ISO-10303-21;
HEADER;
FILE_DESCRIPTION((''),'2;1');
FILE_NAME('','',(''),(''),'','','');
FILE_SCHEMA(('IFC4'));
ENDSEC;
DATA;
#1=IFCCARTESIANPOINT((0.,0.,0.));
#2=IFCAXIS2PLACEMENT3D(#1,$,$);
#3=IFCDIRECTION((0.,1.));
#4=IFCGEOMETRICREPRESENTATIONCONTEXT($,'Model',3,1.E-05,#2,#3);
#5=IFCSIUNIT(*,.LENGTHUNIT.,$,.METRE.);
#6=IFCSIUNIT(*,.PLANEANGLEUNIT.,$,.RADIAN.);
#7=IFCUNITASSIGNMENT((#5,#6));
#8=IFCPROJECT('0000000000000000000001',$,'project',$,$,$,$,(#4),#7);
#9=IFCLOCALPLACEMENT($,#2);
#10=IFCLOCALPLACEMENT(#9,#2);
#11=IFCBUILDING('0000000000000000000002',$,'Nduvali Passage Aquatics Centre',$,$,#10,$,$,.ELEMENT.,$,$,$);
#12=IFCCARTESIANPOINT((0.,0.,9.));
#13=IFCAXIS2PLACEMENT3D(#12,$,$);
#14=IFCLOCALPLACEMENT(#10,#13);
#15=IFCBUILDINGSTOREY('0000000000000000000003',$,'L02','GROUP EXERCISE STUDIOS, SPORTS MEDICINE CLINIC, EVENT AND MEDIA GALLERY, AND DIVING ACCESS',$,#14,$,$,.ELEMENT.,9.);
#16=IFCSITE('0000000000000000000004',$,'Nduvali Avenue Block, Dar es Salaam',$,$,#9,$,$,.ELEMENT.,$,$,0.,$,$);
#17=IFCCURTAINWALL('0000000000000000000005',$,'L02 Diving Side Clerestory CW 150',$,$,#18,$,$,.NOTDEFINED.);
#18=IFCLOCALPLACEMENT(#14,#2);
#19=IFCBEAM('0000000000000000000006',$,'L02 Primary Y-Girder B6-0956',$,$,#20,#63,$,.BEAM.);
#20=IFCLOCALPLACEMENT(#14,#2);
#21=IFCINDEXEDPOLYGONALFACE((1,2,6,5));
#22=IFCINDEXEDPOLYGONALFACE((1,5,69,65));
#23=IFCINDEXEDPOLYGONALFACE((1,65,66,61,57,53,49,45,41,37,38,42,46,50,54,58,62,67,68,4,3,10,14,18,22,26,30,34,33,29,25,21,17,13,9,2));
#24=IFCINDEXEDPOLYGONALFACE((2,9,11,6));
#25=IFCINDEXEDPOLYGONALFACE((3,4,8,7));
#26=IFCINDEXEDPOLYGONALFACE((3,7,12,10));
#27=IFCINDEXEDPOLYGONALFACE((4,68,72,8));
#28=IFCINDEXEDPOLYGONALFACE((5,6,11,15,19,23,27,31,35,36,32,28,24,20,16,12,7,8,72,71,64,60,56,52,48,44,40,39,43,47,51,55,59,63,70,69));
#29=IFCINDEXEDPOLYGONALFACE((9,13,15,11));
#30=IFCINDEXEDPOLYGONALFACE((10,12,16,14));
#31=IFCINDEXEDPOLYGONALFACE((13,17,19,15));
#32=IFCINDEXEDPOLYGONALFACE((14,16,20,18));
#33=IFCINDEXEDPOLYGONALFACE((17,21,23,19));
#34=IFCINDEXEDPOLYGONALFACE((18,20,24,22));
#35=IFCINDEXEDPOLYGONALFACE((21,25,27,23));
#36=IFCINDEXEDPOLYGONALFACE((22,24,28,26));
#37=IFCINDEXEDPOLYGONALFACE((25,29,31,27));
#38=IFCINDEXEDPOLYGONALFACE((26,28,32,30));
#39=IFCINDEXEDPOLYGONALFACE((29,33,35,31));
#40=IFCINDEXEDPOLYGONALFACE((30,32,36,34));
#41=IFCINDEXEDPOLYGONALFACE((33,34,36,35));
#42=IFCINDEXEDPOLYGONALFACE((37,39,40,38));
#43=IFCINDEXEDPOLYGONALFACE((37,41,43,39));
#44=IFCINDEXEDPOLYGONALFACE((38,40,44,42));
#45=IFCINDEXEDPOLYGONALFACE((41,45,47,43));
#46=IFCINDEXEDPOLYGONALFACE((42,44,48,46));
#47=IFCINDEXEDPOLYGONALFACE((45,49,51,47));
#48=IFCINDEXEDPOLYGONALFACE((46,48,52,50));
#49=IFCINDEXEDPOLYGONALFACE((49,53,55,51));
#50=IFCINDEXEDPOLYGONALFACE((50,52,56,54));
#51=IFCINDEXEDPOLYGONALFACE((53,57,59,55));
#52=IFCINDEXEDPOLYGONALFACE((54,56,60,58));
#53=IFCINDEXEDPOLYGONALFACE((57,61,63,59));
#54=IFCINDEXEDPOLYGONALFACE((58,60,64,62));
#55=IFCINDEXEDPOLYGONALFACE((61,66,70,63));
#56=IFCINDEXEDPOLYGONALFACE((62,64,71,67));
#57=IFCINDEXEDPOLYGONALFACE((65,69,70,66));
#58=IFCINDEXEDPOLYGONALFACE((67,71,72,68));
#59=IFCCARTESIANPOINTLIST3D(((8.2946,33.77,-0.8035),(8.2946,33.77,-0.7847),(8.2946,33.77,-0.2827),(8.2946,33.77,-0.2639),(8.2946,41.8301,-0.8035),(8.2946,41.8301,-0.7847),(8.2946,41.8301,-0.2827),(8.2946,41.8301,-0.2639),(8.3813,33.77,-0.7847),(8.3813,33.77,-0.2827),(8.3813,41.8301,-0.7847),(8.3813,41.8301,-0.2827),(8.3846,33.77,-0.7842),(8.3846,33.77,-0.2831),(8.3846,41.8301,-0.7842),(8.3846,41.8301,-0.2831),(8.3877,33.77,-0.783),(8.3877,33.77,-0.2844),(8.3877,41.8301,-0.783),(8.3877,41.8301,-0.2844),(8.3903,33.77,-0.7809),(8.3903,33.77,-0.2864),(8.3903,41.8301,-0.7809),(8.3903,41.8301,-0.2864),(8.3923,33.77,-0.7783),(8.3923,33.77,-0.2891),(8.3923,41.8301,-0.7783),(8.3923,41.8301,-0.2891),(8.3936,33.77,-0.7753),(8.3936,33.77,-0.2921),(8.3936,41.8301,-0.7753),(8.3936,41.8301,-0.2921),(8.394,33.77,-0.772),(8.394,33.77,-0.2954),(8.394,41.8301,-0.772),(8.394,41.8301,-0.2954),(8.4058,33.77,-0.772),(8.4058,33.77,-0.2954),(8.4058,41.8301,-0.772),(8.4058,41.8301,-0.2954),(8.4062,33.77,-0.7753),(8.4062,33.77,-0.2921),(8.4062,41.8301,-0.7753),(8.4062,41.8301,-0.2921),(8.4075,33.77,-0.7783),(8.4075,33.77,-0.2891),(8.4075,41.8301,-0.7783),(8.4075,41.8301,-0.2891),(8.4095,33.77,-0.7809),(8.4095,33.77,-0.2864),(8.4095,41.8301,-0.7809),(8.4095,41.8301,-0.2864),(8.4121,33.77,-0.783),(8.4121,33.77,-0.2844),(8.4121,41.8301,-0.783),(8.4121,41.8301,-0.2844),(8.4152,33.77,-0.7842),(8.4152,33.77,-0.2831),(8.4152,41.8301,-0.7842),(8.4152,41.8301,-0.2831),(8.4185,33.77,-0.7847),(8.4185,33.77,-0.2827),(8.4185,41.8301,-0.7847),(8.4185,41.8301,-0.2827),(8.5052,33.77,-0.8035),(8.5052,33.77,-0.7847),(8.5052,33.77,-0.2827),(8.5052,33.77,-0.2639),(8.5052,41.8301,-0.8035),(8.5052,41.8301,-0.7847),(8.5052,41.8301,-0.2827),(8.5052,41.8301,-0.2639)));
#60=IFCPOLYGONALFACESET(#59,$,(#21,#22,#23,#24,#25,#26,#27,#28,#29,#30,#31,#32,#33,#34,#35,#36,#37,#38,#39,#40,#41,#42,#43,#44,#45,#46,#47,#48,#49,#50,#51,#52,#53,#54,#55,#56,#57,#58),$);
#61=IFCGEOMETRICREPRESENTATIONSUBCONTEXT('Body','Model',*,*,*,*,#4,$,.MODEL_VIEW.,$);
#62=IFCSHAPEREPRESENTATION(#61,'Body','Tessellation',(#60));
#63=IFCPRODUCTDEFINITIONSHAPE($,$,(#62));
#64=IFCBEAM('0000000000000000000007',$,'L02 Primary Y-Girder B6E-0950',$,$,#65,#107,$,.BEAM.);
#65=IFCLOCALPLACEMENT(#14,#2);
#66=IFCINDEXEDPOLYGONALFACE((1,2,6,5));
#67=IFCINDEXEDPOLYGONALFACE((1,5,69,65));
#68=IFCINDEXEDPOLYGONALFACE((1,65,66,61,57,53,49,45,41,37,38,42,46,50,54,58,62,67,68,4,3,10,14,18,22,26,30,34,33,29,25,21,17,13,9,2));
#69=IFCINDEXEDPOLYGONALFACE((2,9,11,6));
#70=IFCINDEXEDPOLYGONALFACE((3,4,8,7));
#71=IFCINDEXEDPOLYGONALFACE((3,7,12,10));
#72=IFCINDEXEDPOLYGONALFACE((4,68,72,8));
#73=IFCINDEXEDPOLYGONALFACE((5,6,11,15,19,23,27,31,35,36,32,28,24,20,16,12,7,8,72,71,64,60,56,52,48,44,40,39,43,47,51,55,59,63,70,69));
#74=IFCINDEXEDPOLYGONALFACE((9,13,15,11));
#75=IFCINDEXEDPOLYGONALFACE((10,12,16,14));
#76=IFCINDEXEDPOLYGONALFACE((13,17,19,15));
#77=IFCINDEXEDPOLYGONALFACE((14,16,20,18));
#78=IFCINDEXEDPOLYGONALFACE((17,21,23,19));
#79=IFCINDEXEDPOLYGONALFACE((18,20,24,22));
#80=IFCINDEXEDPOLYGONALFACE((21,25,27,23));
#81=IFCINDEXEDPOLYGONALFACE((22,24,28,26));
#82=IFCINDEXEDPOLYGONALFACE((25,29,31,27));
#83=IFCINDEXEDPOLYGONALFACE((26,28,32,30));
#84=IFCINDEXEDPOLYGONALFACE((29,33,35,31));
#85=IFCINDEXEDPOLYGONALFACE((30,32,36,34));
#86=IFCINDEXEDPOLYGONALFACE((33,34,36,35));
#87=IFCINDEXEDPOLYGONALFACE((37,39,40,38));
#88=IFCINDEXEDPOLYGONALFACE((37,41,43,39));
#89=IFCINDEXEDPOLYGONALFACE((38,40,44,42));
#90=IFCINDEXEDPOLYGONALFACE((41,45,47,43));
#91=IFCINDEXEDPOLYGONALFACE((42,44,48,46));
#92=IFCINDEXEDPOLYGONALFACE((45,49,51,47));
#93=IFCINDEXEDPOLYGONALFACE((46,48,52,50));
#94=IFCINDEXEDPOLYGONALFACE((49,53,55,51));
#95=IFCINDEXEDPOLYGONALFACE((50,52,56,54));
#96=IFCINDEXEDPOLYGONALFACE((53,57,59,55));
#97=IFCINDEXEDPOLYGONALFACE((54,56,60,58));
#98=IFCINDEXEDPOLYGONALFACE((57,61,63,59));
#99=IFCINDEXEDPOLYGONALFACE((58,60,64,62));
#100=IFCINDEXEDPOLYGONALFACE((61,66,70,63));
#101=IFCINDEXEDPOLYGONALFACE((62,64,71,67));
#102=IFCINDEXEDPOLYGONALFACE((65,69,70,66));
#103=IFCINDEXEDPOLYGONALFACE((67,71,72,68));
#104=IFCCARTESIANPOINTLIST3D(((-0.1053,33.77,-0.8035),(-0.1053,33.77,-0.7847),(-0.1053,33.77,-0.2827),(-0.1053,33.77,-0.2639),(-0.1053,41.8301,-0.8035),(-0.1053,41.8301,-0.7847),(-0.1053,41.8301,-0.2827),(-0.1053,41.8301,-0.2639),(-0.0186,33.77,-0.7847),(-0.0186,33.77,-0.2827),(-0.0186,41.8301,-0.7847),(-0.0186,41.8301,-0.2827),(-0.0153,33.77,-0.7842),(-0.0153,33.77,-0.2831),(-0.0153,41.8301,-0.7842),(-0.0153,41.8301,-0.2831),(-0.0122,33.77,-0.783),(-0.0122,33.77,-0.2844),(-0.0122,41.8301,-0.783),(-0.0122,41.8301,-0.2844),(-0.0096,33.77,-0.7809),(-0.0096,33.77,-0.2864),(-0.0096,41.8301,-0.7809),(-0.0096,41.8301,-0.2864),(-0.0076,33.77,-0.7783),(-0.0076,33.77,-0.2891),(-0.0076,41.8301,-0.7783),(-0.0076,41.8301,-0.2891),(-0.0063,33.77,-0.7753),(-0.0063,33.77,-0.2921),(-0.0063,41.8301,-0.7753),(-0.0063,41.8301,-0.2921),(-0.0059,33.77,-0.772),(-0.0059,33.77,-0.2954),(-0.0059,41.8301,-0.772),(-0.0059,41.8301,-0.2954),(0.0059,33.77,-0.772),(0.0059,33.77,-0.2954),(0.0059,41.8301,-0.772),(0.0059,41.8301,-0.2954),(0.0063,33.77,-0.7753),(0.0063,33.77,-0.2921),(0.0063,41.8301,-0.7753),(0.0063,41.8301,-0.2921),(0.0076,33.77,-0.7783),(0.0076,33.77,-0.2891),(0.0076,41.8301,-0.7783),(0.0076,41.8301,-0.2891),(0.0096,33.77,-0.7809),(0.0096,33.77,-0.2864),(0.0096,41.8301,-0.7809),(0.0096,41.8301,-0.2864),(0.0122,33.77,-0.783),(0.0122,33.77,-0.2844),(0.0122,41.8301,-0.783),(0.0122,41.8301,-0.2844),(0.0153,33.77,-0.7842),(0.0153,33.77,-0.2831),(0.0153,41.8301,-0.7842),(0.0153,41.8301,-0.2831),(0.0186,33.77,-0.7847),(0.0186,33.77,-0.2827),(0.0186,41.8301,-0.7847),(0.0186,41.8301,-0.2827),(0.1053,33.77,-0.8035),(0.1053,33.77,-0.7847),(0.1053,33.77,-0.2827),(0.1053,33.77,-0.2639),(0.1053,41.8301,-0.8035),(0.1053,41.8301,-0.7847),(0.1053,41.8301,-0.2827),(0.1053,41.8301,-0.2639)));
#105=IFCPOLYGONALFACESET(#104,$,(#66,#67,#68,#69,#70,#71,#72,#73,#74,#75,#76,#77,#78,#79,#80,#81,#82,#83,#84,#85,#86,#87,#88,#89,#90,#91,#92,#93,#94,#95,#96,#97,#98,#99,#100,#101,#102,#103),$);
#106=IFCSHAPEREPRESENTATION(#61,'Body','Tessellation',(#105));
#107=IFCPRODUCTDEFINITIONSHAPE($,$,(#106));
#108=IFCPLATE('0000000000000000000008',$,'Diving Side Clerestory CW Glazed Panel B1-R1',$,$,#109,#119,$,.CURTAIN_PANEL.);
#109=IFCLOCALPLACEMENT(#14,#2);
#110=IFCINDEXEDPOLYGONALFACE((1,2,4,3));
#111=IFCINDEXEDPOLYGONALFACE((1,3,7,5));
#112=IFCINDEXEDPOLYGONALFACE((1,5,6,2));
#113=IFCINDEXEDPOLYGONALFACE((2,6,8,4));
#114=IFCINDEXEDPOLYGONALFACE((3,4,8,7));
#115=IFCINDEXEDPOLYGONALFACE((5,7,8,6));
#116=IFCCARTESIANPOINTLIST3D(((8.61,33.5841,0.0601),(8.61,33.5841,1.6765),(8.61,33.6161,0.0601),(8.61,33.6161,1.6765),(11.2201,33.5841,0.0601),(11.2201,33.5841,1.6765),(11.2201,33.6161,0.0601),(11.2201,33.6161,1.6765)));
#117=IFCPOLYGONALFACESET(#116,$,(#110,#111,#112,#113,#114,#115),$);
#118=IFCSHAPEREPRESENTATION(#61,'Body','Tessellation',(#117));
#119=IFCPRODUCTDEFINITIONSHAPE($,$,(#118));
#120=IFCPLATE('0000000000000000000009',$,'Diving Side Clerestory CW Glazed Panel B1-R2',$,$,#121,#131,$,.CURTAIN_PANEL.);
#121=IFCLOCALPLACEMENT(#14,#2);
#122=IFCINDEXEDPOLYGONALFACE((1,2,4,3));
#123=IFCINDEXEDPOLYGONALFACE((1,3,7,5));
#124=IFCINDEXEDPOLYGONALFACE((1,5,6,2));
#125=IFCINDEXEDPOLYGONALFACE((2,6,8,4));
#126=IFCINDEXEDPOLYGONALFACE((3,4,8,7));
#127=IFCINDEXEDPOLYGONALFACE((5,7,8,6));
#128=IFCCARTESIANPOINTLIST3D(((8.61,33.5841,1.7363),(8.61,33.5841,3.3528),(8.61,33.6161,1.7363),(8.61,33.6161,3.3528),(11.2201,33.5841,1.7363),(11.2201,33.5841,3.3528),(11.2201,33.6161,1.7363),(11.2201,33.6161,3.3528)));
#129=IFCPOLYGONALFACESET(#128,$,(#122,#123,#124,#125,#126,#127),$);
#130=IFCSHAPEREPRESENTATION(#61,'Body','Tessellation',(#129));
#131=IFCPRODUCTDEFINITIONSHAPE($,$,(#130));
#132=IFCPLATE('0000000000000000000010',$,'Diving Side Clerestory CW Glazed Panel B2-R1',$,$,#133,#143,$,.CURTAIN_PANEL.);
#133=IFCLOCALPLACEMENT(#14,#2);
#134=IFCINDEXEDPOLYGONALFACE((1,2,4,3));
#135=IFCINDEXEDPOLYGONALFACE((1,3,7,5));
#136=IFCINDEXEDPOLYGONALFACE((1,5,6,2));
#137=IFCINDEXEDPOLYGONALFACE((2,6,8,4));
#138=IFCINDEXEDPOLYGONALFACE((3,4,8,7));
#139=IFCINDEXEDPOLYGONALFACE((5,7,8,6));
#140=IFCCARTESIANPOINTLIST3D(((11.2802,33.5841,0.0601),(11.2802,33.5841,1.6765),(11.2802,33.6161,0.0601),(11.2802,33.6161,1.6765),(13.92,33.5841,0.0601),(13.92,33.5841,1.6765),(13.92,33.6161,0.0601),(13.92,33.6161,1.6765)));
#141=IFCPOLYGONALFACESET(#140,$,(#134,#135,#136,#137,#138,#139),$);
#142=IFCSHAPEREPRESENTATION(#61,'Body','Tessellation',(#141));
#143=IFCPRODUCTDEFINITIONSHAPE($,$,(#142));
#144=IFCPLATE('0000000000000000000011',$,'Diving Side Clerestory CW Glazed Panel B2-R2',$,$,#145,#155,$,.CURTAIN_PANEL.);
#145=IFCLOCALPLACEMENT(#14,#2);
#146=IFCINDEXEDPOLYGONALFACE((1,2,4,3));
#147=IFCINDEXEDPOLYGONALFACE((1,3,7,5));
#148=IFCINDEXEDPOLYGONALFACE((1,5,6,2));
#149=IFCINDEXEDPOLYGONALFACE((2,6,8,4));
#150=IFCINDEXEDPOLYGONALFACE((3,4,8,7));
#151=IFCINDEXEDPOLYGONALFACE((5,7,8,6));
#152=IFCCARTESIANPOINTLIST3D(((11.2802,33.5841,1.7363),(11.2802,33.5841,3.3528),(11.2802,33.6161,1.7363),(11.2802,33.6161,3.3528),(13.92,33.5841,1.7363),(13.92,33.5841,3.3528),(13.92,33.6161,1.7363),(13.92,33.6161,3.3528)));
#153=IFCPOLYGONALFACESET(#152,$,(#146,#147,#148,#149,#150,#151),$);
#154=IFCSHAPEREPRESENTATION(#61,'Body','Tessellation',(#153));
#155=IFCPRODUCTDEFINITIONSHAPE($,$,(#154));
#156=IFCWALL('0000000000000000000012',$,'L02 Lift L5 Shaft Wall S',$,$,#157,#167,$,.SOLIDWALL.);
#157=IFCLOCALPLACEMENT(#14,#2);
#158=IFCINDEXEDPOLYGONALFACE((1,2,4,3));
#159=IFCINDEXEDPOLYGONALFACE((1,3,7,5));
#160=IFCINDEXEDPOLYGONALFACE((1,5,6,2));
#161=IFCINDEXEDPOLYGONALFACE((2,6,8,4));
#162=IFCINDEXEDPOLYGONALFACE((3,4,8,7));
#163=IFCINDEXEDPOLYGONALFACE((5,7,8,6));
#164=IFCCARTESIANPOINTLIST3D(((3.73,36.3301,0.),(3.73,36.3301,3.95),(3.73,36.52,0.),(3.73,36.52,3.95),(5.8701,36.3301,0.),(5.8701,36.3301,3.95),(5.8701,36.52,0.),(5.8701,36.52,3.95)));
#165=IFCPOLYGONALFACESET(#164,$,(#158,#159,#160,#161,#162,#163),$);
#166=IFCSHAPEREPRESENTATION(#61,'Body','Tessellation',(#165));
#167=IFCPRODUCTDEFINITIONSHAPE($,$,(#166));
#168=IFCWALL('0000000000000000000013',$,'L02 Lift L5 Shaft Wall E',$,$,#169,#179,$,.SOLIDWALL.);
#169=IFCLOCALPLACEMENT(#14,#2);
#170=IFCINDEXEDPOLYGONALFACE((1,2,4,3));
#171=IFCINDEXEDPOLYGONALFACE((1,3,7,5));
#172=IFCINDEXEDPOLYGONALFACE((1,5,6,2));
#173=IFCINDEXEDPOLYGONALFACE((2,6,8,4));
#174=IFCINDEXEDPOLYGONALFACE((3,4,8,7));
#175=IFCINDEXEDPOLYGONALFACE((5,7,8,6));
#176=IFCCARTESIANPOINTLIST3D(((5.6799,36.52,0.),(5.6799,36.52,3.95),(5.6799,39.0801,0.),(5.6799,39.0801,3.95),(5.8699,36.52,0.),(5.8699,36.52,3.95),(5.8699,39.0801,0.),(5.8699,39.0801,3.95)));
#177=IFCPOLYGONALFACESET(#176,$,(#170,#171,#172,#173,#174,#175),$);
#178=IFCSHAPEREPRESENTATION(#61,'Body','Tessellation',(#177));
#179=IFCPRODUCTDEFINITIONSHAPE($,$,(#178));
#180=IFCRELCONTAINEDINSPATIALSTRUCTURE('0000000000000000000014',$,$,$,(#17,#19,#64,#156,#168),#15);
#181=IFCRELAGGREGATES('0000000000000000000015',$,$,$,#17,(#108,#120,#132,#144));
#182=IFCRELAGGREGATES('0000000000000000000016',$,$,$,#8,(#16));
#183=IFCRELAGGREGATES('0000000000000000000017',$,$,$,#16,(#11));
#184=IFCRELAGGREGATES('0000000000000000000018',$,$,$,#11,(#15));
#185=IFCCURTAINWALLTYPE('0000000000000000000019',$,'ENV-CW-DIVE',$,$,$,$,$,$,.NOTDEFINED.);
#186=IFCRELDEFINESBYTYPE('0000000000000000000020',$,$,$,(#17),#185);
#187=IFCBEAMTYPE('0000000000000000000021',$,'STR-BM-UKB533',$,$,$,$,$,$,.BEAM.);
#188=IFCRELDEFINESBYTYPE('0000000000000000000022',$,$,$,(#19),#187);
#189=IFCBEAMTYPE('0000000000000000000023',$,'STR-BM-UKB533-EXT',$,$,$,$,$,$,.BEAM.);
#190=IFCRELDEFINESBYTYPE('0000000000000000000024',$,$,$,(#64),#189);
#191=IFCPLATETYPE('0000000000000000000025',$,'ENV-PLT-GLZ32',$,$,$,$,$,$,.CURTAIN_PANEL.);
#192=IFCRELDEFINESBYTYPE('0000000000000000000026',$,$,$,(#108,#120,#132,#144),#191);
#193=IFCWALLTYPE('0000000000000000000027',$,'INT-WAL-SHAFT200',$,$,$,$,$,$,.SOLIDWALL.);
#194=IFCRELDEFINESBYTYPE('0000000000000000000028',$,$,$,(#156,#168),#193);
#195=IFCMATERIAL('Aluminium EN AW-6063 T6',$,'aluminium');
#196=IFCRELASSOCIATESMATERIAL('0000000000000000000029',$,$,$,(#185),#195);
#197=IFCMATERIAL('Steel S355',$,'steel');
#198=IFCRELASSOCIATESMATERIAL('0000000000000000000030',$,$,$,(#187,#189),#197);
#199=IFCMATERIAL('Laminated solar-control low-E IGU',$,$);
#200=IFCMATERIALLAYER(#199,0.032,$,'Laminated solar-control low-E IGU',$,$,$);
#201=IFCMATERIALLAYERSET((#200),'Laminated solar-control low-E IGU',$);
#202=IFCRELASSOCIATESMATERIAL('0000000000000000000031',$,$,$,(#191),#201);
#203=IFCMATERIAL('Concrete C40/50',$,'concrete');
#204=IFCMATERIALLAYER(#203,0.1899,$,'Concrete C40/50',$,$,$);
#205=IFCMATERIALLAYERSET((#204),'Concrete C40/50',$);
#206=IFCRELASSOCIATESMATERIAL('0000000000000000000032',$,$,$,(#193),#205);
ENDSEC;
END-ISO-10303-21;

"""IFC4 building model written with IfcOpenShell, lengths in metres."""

from ifc_helpers import new_model, si_unit, direction, frame, frame_2d, origin, origin_2d, place, context, subcontext, project, spatial, rectangle, i_section, extrude, material, layer, layer_set, material_profile, profile_set, type_object, element, aggregate, save


model = new_model("IFC4")

# Units and contexts
model_context = context("Model", 3, precision=1e-05, world=origin(), true_north=direction((0.0, 1.0)))
body_context = subcontext(model_context, "Body", "Model", "MODEL_VIEW")
ifc_project = project(units=[si_unit("LENGTHUNIT", "METRE"), si_unit("PLANEANGLEUNIT", "RADIAN")], contexts=[model_context])

# Site, building, storey
site_placement = place(None, origin())
site = spatial("IfcSite", under=ifc_project, at=site_placement, Name="Nduvali Avenue Block, Dar es Salaam", CompositionType="ELEMENT", RefElevation=0.0)
building_placement = place(site_placement, origin())
building = spatial("IfcBuilding", under=site, at=building_placement, Name="Nduvali Passage Aquatics Centre", CompositionType="ELEMENT")
storey_placement = place(building_placement, frame((0.0, 0.0, 9.0)))
storey = spatial("IfcBuildingStorey", under=building, at=storey_placement, Name="L02", Description="GROUP EXERCISE STUDIOS, SPORTS MEDICINE CLINIC, EVENT AND MEDIA GALLERY, AND DIVING ACCESS", CompositionType="ELEMENT", Elevation=9.0)

# Curtain wall
ifc_material_1 = material(Name="Aluminium EN AW-6063 T6", Category="aluminium")
curtain_wall_type = type_object("IfcCurtainWallType", Name="ENV-CW-DIVE", PredefinedType="NOTDEFINED", material=ifc_material_1)
curtain_wall_placement = place(storey_placement, origin())
curtain_wall = element("IfcCurtainWall", 1, at=curtain_wall_placement, inside=storey, type_object=curtain_wall_type, Name="L02 Diving Side Clerestory CW 150", PredefinedType="NOTDEFINED")

# Beams
ifc_material_2 = material(Name="Steel S355", Category="steel")
ifc_material_profile_1 = material_profile(ifc_material_2, i_section(OverallWidth=0.2107, OverallDepth=0.5396, WebThickness=0.0117, FlangeThickness=0.0188, FilletRadius=0.0127, at=origin_2d()), Name="UKB 533x210x109")
ifc_profile_set_1 = profile_set([ifc_material_profile_1], Name="Steel S355")
beam_type_1 = type_object("IfcBeamType", Name="STR-BM-UKB533", PredefinedType="BEAM", material=ifc_profile_set_1)
beam_1_placement = place(storey_placement, frame((8.3999, 33.77, -0.5337), z_axis=(0.0, 1.0, 0.0), x_axis=(-1.0, 0.0, 0.0)))
element("IfcBeam", 2, at=beam_1_placement, inside=storey, type_object=beam_type_1, Name="L02 Primary Y-Girder B6-0956", PredefinedType="BEAM", context=body_context, shape_type="SweptSolid", body=[
    extrude(i_section(OverallWidth=0.2107, OverallDepth=0.5396, WebThickness=0.0117, FlangeThickness=0.0188, FilletRadius=0.0127, at=origin_2d()), origin(), (0.0, 0.0, 1.0), 8.0601),
])
ifc_material_profile_2 = material_profile(ifc_material_2, i_section(OverallWidth=0.2107, OverallDepth=0.5396, WebThickness=0.0117, FlangeThickness=0.0188, FilletRadius=0.0127, at=origin_2d()), Name="UKB 533x210x109")
ifc_profile_set_2 = profile_set([ifc_material_profile_2], Name="Steel S355")
beam_type_2 = type_object("IfcBeamType", Name="STR-BM-UKB533-EXT", PredefinedType="BEAM", material=ifc_profile_set_2)
beam_2_placement = place(storey_placement, frame((0.0, 33.77, -0.5337), z_axis=(0.0, 1.0, 0.0), x_axis=(-1.0, 0.0, 0.0)))
element("IfcBeam", 3, at=beam_2_placement, inside=storey, type_object=beam_type_2, Name="L02 Primary Y-Girder B6E-0950", PredefinedType="BEAM", context=body_context, shape_type="SweptSolid", body=[
    extrude(i_section(OverallWidth=0.2107, OverallDepth=0.5396, WebThickness=0.0117, FlangeThickness=0.0188, FilletRadius=0.0127, at=origin_2d()), origin(), (0.0, 0.0, 1.0), 8.0601),
])

# Plates
ifc_material_3 = material(Name="Laminated solar-control low-E IGU")
ifc_layer_1 = layer(ifc_material_3, 0.032, Name="Laminated solar-control low-E IGU")
ifc_layer_set_1 = layer_set([ifc_layer_1], Name="Laminated solar-control low-E IGU")
plate_type = type_object("IfcPlateType", Name="ENV-PLT-GLZ32", PredefinedType="CURTAIN_PANEL", material=ifc_layer_set_1)
plate_1_placement = place(storey_placement, frame((9.915, 33.6001, 0.0601), z_axis=(0.0, 0.0, 1.0), x_axis=(1.0, 0.0, 0.0)))
plate_1 = element("IfcPlate", 4, at=plate_1_placement, type_object=plate_type, Name="Diving Side Clerestory CW Glazed Panel B1-R1", PredefinedType="CURTAIN_PANEL", context=body_context, shape_type="SweptSolid", body=[
    extrude(rectangle(XDim=2.6101, YDim=0.032, at=origin_2d()), origin(), (0.0, 0.0, 1.0), 1.6165),
])
plate_2_placement = place(storey_placement, frame((9.915, 33.6001, 1.7363), z_axis=(0.0, 0.0, 1.0), x_axis=(1.0, 0.0, 0.0)))
plate_2 = element("IfcPlate", 5, at=plate_2_placement, type_object=plate_type, Name="Diving Side Clerestory CW Glazed Panel B1-R2", PredefinedType="CURTAIN_PANEL", context=body_context, shape_type="SweptSolid", body=[
    extrude(rectangle(XDim=2.6101, YDim=0.032, at=origin_2d()), origin(), (0.0, 0.0, 1.0), 1.6165),
])
plate_3_placement = place(storey_placement, frame((12.6001, 33.6001, 0.0601), z_axis=(0.0, 0.0, 1.0), x_axis=(1.0, 0.0, 0.0)))
plate_3 = element("IfcPlate", 6, at=plate_3_placement, type_object=plate_type, Name="Diving Side Clerestory CW Glazed Panel B2-R1", PredefinedType="CURTAIN_PANEL", context=body_context, shape_type="SweptSolid", body=[
    extrude(rectangle(XDim=2.6399, YDim=0.032, at=origin_2d()), origin(), (0.0, 0.0, 1.0), 1.6165),
])
plate_4_placement = place(storey_placement, frame((12.6001, 33.6001, 1.7363), z_axis=(0.0, 0.0, 1.0), x_axis=(1.0, 0.0, 0.0)))
plate_4 = element("IfcPlate", 7, at=plate_4_placement, type_object=plate_type, Name="Diving Side Clerestory CW Glazed Panel B2-R2", PredefinedType="CURTAIN_PANEL", context=body_context, shape_type="SweptSolid", body=[
    extrude(rectangle(XDim=2.6399, YDim=0.032, at=origin_2d()), origin(), (0.0, 0.0, 1.0), 1.6165),
])
aggregate(curtain_wall, [plate_1, plate_2, plate_3, plate_4])

# Walls
ifc_material_4 = material(Name="Concrete C40/50", Category="concrete")
ifc_layer_2 = layer(ifc_material_4, 0.1899, Name="Concrete C40/50")
ifc_layer_set_2 = layer_set([ifc_layer_2], Name="Concrete C40/50")
wall_type_1 = type_object("IfcWallType", Name="INT-WAL-SHAFT200", PredefinedType="SOLIDWALL", material=ifc_layer_set_2)
wall_1_placement = place(storey_placement, frame((3.73, 36.425, 0.0), z_axis=(0.0, 0.0, 1.0), x_axis=(1.0, 0.0, 0.0)))
element("IfcWall", 8, at=wall_1_placement, inside=storey, type_object=wall_type_1, Name="L02 Lift L5 Shaft Wall S", PredefinedType="SOLIDWALL", context=body_context, shape_type="SweptSolid", body=[
    extrude(rectangle(XDim=2.1401, YDim=0.1899, at=frame_2d((1.0701, 0.0))), origin(), (0.0, 0.0, 1.0), 3.95),
])
wall_2_placement = place(storey_placement, frame((5.7749, 36.52, 0.0), z_axis=(0.0, 0.0, 1.0), x_axis=(0.0, 1.0, 0.0)))
element("IfcWall", 9, at=wall_2_placement, inside=storey, type_object=wall_type_1, Name="L02 Lift L5 Shaft Wall E", PredefinedType="SOLIDWALL", context=body_context, shape_type="SweptSolid", body=[
    extrude(rectangle(XDim=2.5601, YDim=0.1899, at=frame_2d((1.28, 0.0))), origin(), (0.0, 0.0, 1.0), 3.95),
])

save(model, "model.ifc")
